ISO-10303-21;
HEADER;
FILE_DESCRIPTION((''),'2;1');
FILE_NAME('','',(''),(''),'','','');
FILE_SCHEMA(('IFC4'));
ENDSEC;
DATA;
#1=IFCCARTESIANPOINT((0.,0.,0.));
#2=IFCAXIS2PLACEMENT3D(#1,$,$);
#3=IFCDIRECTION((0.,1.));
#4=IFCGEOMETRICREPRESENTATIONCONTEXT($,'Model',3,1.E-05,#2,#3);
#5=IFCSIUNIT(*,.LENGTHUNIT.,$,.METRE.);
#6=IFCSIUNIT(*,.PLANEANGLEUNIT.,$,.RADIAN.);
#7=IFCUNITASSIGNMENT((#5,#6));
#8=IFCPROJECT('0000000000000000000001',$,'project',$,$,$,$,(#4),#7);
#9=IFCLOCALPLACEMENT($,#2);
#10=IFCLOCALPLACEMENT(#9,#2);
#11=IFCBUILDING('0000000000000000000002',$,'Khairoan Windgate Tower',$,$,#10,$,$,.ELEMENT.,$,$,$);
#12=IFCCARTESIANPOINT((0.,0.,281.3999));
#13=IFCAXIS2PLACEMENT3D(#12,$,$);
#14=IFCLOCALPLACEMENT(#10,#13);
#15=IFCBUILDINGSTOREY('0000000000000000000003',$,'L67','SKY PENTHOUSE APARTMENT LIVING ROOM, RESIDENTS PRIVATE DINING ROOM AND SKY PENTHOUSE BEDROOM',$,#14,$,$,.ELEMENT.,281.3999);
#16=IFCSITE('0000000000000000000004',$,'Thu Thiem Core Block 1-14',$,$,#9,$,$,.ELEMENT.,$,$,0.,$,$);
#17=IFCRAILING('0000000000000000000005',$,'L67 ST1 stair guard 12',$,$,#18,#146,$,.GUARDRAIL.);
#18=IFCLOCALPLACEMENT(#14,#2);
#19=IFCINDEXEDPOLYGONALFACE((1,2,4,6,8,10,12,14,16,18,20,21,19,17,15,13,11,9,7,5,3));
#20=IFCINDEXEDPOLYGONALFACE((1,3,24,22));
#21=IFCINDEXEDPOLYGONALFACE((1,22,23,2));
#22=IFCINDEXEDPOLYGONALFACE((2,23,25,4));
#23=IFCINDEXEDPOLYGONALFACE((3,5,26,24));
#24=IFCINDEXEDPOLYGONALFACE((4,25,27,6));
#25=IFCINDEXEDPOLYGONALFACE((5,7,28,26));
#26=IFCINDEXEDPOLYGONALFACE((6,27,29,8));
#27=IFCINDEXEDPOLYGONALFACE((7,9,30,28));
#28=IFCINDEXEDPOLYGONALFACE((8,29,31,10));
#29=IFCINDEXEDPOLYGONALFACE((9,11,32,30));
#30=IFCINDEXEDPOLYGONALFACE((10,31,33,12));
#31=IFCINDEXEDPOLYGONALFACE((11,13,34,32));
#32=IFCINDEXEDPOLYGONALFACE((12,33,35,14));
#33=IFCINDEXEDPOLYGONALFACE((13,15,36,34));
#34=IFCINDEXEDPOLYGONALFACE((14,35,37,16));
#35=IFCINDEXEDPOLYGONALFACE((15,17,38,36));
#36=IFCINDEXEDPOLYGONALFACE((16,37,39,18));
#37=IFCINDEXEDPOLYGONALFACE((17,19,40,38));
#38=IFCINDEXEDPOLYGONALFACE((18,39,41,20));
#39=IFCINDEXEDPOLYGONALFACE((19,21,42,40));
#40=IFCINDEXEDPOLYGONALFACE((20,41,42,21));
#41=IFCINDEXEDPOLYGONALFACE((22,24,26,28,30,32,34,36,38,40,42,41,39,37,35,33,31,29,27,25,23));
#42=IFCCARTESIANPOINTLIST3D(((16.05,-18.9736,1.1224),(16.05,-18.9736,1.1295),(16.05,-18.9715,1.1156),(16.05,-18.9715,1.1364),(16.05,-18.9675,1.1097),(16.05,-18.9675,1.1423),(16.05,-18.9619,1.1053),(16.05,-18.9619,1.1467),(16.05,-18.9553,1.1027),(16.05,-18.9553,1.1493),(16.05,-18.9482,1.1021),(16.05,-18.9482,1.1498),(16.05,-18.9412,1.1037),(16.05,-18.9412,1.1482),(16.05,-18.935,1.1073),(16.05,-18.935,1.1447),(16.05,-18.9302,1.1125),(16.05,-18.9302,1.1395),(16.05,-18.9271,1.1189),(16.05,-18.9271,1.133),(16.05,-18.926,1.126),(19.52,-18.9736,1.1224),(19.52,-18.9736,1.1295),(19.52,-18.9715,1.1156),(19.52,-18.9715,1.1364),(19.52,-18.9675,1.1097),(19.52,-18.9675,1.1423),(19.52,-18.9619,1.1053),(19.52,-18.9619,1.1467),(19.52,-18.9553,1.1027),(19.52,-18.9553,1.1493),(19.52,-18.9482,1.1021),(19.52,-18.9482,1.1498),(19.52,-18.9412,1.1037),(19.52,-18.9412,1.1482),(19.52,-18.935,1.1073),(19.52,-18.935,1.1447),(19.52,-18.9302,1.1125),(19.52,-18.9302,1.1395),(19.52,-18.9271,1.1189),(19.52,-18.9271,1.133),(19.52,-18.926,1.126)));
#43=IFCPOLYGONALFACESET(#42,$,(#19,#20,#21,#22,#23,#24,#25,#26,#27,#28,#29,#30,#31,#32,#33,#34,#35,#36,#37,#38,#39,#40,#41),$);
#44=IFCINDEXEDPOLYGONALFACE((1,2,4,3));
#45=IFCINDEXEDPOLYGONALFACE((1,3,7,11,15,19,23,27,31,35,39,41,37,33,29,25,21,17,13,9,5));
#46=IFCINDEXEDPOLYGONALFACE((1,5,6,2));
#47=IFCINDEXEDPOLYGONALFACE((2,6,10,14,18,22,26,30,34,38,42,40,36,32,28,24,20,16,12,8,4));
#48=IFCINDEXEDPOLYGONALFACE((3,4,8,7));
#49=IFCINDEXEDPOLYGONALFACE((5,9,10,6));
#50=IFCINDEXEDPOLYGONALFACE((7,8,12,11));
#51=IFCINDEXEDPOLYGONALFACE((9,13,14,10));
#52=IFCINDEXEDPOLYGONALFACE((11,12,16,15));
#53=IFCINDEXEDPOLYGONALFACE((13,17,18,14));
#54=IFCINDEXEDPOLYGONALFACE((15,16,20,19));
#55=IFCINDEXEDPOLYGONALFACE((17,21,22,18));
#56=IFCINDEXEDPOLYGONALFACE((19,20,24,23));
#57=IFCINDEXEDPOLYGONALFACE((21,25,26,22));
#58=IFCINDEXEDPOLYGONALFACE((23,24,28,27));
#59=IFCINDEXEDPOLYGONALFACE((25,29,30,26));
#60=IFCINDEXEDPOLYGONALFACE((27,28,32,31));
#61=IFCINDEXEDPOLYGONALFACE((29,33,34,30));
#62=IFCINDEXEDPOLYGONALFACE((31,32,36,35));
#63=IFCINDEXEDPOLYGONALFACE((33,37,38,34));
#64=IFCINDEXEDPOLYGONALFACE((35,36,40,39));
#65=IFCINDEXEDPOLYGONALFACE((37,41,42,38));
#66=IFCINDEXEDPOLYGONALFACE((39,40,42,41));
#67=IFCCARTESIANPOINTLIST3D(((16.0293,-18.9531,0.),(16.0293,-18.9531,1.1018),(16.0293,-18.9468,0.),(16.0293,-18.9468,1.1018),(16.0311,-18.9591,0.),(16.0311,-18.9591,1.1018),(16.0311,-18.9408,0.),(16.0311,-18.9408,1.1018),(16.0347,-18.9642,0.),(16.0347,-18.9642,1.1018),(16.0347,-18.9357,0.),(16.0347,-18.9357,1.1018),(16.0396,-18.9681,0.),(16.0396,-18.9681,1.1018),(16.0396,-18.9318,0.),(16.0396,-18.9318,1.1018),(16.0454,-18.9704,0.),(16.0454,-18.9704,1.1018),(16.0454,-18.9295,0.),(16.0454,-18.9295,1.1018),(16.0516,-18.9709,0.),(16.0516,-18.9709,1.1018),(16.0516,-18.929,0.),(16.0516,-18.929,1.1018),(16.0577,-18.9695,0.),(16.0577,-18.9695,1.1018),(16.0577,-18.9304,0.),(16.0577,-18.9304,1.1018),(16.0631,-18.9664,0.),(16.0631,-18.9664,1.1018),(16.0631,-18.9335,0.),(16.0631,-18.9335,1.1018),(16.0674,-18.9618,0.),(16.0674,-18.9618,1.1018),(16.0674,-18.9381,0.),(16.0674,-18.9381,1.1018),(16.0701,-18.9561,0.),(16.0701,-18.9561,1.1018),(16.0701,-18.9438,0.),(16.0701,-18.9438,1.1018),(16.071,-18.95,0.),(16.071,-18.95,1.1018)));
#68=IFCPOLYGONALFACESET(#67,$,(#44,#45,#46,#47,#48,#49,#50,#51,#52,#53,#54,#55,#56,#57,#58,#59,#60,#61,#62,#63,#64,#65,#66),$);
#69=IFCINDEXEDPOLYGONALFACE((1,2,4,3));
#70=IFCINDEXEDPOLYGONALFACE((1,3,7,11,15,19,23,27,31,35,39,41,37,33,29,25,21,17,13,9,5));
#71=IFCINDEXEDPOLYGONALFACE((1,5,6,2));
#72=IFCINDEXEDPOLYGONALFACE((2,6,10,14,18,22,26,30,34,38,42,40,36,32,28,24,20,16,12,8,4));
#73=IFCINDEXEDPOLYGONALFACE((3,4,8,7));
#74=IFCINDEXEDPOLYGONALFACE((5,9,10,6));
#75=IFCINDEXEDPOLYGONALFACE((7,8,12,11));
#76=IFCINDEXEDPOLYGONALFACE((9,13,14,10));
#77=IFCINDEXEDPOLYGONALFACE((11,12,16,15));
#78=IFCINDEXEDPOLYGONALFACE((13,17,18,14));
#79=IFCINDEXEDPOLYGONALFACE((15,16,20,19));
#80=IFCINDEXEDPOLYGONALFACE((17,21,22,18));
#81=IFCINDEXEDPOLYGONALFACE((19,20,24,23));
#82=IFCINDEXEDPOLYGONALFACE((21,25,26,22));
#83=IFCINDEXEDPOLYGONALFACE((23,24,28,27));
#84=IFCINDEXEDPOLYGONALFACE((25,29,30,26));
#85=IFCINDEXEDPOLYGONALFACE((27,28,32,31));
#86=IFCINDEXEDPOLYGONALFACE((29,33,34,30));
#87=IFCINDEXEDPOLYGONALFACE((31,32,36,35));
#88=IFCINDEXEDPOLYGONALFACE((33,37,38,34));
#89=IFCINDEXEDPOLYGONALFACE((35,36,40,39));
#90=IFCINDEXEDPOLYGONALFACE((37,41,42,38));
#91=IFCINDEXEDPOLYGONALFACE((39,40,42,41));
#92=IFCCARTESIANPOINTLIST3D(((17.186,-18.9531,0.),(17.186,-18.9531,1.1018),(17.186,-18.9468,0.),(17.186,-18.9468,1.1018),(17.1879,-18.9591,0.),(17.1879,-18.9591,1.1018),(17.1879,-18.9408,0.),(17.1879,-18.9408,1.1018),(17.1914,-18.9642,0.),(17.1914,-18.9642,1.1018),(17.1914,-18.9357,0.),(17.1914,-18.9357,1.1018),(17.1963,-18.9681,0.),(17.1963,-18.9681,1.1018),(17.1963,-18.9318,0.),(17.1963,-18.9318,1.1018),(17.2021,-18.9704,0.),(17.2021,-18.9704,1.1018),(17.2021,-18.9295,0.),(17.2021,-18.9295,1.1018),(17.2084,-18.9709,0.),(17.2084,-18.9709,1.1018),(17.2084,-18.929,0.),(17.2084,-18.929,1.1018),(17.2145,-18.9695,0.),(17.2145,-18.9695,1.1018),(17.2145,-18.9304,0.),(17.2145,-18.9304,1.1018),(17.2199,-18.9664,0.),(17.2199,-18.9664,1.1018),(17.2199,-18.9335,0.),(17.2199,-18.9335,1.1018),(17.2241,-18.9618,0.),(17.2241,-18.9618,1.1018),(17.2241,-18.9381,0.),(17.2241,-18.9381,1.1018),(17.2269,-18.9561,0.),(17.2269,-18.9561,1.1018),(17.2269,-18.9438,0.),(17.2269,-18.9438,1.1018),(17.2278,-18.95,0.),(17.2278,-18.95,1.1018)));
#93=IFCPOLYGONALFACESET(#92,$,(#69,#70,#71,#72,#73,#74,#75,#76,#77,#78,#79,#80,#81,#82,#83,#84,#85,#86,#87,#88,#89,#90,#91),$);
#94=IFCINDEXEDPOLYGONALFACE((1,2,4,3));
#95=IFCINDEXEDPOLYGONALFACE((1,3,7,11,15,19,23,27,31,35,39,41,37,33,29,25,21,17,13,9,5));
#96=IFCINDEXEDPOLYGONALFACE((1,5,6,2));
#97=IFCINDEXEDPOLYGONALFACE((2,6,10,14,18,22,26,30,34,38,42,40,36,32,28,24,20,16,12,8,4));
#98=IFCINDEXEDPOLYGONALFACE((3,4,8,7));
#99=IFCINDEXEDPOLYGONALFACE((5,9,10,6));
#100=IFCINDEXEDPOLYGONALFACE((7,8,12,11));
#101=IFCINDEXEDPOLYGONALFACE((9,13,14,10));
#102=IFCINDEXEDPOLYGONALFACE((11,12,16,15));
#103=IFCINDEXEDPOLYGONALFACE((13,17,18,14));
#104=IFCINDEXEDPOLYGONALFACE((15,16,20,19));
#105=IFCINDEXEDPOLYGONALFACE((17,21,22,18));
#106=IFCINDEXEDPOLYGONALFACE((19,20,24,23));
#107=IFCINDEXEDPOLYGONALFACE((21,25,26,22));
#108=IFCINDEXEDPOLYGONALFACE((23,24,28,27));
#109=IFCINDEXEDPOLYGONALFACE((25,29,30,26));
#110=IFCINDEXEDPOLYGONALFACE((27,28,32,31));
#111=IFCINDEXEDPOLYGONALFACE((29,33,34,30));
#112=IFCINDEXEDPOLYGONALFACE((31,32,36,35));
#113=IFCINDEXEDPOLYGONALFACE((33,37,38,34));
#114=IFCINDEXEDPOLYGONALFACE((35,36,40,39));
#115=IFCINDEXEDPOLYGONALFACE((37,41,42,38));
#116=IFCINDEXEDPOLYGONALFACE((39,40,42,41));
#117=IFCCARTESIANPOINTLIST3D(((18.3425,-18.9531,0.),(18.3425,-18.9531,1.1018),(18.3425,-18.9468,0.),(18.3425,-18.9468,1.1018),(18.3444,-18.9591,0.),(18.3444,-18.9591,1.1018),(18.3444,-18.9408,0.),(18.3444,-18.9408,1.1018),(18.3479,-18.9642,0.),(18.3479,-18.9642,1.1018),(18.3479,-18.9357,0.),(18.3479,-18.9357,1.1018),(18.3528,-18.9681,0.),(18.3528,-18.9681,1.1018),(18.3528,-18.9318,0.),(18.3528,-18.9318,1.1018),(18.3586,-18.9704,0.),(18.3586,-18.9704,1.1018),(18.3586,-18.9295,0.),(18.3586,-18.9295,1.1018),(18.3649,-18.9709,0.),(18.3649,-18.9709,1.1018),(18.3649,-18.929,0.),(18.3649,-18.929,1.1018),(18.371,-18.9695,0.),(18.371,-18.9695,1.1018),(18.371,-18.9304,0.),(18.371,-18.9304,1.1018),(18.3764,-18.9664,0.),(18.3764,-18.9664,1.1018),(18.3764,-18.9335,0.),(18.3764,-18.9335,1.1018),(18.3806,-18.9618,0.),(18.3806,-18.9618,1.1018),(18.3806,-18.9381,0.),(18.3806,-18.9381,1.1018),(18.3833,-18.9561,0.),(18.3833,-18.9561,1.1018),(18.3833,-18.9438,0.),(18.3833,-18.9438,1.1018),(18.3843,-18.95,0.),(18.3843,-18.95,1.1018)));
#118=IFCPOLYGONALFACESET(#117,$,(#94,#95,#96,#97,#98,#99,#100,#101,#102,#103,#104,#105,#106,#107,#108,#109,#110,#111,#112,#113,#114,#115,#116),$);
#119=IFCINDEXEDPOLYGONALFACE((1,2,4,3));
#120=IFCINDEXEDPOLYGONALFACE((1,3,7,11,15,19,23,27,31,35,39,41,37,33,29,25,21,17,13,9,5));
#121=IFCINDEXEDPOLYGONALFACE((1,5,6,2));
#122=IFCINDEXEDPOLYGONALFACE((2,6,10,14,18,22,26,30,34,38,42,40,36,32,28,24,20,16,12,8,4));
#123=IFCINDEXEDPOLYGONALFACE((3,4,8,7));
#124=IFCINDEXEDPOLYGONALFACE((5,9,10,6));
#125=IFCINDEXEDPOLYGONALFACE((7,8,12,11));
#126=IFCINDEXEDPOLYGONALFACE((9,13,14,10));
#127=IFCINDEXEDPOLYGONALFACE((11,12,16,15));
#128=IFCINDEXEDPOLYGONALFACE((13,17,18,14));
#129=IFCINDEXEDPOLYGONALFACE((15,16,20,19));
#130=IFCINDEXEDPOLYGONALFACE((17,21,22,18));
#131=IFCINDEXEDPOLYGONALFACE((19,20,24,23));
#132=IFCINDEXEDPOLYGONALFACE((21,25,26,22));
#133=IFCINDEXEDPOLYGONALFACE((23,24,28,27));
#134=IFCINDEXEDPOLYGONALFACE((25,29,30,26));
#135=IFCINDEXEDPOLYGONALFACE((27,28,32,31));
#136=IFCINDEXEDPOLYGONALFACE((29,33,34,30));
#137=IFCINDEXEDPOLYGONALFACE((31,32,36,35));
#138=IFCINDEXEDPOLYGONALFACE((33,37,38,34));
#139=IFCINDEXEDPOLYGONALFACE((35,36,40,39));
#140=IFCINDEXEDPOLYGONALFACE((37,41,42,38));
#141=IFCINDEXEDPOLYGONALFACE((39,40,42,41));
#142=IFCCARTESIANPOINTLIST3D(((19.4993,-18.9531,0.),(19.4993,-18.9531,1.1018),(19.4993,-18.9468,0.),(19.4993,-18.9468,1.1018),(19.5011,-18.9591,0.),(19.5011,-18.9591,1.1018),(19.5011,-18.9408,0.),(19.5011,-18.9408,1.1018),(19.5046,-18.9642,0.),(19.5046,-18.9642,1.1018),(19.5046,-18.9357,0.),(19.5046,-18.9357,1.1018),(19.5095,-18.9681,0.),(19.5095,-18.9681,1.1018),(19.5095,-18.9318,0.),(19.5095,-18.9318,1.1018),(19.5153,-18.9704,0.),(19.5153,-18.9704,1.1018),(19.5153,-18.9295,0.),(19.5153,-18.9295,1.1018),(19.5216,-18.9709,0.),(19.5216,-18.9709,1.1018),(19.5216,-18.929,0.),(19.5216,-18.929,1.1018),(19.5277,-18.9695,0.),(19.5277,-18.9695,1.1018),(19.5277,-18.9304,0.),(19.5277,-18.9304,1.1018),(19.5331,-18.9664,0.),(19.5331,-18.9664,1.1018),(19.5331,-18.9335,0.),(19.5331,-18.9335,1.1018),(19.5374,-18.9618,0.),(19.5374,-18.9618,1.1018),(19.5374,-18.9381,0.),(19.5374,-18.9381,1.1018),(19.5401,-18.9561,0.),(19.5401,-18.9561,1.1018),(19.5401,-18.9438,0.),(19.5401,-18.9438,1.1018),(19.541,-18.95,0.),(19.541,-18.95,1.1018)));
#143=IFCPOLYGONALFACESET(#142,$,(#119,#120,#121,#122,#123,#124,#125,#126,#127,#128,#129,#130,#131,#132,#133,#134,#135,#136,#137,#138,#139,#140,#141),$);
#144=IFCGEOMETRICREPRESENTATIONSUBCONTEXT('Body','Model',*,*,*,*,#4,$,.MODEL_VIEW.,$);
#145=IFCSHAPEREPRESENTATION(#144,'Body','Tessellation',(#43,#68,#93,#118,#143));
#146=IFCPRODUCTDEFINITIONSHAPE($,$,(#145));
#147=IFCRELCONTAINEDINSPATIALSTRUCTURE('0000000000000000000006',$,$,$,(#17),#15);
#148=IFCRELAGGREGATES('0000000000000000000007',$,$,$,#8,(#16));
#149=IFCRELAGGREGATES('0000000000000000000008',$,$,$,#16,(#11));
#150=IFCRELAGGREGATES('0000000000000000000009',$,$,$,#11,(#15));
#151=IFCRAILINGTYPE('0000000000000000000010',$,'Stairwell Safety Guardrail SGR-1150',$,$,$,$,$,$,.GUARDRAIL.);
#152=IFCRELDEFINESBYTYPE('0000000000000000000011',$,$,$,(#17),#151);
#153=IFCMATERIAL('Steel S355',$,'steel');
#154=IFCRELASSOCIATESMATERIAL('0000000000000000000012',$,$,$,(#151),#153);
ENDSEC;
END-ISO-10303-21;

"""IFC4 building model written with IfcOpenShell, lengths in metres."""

from ifc_helpers import new_model, si_unit, direction, frame, origin, origin_2d, place, context, subcontext, project, spatial, circle, extrude, material, type_object, element, save


model = new_model("IFC4")

# Units and contexts
model_context = context("Model", 3, precision=1e-05, world=origin(), true_north=direction((0.0, 1.0)))
body_context = subcontext(model_context, "Body", "Model", "MODEL_VIEW")
ifc_project = project(units=[si_unit("LENGTHUNIT", "METRE"), si_unit("PLANEANGLEUNIT", "RADIAN")], contexts=[model_context])

# Site, building, storey
site_placement = place(None, origin())
site = spatial("IfcSite", under=ifc_project, at=site_placement, Name="Thu Thiem Core Block 1-14", CompositionType="ELEMENT", RefElevation=0.0)
building_placement = place(site_placement, origin())
building = spatial("IfcBuilding", under=site, at=building_placement, Name="Khairoan Windgate Tower", CompositionType="ELEMENT")
storey_placement = place(building_placement, frame((0.0, 0.0, 281.3999)))
storey = spatial("IfcBuildingStorey", under=building, at=storey_placement, Name="L67", Description="SKY PENTHOUSE APARTMENT LIVING ROOM, RESIDENTS PRIVATE DINING ROOM AND SKY PENTHOUSE BEDROOM", CompositionType="ELEMENT", Elevation=281.3999)

# Railing
ifc_material_1 = material(Name="Steel S355", Category="steel")
railing_type = type_object("IfcRailingType", Name="Stairwell Safety Guardrail SGR-1150", PredefinedType="GUARDRAIL", material=ifc_material_1)
railing_1_placement = place(storey_placement, frame((16.05, -18.95, 0.0)))
element("IfcRailing", 1, at=railing_1_placement, inside=storey, type_object=railing_type, Name="L67 ST1 stair guard 12", PredefinedType="GUARDRAIL", context=body_context, shape_type="SweptSolid", body=[
    extrude(circle(Radius=0.0239, at=origin_2d()), frame((0.0, 0.0, 1.126), z_axis=(1.0, 0.0, 0.0), x_axis=(0.0, 1.0, 0.0)), (0.0, 0.0, 1.0), 3.47),
    extrude(circle(Radius=0.021, at=origin_2d()), origin(), (0.0, 0.0, 1.0), 1.1018),
    extrude(circle(Radius=0.021, at=origin_2d()), frame((1.1567, 0.0, 0.0)), (0.0, 0.0, 1.0), 1.1018),
    extrude(circle(Radius=0.021, at=origin_2d()), frame((2.3132, 0.0, 0.0)), (0.0, 0.0, 1.0), 1.1018),
    extrude(circle(Radius=0.021, at=origin_2d()), frame((3.47, 0.0, 0.0)), (0.0, 0.0, 1.0), 1.1018),
])

save(model, "model.ifc")
